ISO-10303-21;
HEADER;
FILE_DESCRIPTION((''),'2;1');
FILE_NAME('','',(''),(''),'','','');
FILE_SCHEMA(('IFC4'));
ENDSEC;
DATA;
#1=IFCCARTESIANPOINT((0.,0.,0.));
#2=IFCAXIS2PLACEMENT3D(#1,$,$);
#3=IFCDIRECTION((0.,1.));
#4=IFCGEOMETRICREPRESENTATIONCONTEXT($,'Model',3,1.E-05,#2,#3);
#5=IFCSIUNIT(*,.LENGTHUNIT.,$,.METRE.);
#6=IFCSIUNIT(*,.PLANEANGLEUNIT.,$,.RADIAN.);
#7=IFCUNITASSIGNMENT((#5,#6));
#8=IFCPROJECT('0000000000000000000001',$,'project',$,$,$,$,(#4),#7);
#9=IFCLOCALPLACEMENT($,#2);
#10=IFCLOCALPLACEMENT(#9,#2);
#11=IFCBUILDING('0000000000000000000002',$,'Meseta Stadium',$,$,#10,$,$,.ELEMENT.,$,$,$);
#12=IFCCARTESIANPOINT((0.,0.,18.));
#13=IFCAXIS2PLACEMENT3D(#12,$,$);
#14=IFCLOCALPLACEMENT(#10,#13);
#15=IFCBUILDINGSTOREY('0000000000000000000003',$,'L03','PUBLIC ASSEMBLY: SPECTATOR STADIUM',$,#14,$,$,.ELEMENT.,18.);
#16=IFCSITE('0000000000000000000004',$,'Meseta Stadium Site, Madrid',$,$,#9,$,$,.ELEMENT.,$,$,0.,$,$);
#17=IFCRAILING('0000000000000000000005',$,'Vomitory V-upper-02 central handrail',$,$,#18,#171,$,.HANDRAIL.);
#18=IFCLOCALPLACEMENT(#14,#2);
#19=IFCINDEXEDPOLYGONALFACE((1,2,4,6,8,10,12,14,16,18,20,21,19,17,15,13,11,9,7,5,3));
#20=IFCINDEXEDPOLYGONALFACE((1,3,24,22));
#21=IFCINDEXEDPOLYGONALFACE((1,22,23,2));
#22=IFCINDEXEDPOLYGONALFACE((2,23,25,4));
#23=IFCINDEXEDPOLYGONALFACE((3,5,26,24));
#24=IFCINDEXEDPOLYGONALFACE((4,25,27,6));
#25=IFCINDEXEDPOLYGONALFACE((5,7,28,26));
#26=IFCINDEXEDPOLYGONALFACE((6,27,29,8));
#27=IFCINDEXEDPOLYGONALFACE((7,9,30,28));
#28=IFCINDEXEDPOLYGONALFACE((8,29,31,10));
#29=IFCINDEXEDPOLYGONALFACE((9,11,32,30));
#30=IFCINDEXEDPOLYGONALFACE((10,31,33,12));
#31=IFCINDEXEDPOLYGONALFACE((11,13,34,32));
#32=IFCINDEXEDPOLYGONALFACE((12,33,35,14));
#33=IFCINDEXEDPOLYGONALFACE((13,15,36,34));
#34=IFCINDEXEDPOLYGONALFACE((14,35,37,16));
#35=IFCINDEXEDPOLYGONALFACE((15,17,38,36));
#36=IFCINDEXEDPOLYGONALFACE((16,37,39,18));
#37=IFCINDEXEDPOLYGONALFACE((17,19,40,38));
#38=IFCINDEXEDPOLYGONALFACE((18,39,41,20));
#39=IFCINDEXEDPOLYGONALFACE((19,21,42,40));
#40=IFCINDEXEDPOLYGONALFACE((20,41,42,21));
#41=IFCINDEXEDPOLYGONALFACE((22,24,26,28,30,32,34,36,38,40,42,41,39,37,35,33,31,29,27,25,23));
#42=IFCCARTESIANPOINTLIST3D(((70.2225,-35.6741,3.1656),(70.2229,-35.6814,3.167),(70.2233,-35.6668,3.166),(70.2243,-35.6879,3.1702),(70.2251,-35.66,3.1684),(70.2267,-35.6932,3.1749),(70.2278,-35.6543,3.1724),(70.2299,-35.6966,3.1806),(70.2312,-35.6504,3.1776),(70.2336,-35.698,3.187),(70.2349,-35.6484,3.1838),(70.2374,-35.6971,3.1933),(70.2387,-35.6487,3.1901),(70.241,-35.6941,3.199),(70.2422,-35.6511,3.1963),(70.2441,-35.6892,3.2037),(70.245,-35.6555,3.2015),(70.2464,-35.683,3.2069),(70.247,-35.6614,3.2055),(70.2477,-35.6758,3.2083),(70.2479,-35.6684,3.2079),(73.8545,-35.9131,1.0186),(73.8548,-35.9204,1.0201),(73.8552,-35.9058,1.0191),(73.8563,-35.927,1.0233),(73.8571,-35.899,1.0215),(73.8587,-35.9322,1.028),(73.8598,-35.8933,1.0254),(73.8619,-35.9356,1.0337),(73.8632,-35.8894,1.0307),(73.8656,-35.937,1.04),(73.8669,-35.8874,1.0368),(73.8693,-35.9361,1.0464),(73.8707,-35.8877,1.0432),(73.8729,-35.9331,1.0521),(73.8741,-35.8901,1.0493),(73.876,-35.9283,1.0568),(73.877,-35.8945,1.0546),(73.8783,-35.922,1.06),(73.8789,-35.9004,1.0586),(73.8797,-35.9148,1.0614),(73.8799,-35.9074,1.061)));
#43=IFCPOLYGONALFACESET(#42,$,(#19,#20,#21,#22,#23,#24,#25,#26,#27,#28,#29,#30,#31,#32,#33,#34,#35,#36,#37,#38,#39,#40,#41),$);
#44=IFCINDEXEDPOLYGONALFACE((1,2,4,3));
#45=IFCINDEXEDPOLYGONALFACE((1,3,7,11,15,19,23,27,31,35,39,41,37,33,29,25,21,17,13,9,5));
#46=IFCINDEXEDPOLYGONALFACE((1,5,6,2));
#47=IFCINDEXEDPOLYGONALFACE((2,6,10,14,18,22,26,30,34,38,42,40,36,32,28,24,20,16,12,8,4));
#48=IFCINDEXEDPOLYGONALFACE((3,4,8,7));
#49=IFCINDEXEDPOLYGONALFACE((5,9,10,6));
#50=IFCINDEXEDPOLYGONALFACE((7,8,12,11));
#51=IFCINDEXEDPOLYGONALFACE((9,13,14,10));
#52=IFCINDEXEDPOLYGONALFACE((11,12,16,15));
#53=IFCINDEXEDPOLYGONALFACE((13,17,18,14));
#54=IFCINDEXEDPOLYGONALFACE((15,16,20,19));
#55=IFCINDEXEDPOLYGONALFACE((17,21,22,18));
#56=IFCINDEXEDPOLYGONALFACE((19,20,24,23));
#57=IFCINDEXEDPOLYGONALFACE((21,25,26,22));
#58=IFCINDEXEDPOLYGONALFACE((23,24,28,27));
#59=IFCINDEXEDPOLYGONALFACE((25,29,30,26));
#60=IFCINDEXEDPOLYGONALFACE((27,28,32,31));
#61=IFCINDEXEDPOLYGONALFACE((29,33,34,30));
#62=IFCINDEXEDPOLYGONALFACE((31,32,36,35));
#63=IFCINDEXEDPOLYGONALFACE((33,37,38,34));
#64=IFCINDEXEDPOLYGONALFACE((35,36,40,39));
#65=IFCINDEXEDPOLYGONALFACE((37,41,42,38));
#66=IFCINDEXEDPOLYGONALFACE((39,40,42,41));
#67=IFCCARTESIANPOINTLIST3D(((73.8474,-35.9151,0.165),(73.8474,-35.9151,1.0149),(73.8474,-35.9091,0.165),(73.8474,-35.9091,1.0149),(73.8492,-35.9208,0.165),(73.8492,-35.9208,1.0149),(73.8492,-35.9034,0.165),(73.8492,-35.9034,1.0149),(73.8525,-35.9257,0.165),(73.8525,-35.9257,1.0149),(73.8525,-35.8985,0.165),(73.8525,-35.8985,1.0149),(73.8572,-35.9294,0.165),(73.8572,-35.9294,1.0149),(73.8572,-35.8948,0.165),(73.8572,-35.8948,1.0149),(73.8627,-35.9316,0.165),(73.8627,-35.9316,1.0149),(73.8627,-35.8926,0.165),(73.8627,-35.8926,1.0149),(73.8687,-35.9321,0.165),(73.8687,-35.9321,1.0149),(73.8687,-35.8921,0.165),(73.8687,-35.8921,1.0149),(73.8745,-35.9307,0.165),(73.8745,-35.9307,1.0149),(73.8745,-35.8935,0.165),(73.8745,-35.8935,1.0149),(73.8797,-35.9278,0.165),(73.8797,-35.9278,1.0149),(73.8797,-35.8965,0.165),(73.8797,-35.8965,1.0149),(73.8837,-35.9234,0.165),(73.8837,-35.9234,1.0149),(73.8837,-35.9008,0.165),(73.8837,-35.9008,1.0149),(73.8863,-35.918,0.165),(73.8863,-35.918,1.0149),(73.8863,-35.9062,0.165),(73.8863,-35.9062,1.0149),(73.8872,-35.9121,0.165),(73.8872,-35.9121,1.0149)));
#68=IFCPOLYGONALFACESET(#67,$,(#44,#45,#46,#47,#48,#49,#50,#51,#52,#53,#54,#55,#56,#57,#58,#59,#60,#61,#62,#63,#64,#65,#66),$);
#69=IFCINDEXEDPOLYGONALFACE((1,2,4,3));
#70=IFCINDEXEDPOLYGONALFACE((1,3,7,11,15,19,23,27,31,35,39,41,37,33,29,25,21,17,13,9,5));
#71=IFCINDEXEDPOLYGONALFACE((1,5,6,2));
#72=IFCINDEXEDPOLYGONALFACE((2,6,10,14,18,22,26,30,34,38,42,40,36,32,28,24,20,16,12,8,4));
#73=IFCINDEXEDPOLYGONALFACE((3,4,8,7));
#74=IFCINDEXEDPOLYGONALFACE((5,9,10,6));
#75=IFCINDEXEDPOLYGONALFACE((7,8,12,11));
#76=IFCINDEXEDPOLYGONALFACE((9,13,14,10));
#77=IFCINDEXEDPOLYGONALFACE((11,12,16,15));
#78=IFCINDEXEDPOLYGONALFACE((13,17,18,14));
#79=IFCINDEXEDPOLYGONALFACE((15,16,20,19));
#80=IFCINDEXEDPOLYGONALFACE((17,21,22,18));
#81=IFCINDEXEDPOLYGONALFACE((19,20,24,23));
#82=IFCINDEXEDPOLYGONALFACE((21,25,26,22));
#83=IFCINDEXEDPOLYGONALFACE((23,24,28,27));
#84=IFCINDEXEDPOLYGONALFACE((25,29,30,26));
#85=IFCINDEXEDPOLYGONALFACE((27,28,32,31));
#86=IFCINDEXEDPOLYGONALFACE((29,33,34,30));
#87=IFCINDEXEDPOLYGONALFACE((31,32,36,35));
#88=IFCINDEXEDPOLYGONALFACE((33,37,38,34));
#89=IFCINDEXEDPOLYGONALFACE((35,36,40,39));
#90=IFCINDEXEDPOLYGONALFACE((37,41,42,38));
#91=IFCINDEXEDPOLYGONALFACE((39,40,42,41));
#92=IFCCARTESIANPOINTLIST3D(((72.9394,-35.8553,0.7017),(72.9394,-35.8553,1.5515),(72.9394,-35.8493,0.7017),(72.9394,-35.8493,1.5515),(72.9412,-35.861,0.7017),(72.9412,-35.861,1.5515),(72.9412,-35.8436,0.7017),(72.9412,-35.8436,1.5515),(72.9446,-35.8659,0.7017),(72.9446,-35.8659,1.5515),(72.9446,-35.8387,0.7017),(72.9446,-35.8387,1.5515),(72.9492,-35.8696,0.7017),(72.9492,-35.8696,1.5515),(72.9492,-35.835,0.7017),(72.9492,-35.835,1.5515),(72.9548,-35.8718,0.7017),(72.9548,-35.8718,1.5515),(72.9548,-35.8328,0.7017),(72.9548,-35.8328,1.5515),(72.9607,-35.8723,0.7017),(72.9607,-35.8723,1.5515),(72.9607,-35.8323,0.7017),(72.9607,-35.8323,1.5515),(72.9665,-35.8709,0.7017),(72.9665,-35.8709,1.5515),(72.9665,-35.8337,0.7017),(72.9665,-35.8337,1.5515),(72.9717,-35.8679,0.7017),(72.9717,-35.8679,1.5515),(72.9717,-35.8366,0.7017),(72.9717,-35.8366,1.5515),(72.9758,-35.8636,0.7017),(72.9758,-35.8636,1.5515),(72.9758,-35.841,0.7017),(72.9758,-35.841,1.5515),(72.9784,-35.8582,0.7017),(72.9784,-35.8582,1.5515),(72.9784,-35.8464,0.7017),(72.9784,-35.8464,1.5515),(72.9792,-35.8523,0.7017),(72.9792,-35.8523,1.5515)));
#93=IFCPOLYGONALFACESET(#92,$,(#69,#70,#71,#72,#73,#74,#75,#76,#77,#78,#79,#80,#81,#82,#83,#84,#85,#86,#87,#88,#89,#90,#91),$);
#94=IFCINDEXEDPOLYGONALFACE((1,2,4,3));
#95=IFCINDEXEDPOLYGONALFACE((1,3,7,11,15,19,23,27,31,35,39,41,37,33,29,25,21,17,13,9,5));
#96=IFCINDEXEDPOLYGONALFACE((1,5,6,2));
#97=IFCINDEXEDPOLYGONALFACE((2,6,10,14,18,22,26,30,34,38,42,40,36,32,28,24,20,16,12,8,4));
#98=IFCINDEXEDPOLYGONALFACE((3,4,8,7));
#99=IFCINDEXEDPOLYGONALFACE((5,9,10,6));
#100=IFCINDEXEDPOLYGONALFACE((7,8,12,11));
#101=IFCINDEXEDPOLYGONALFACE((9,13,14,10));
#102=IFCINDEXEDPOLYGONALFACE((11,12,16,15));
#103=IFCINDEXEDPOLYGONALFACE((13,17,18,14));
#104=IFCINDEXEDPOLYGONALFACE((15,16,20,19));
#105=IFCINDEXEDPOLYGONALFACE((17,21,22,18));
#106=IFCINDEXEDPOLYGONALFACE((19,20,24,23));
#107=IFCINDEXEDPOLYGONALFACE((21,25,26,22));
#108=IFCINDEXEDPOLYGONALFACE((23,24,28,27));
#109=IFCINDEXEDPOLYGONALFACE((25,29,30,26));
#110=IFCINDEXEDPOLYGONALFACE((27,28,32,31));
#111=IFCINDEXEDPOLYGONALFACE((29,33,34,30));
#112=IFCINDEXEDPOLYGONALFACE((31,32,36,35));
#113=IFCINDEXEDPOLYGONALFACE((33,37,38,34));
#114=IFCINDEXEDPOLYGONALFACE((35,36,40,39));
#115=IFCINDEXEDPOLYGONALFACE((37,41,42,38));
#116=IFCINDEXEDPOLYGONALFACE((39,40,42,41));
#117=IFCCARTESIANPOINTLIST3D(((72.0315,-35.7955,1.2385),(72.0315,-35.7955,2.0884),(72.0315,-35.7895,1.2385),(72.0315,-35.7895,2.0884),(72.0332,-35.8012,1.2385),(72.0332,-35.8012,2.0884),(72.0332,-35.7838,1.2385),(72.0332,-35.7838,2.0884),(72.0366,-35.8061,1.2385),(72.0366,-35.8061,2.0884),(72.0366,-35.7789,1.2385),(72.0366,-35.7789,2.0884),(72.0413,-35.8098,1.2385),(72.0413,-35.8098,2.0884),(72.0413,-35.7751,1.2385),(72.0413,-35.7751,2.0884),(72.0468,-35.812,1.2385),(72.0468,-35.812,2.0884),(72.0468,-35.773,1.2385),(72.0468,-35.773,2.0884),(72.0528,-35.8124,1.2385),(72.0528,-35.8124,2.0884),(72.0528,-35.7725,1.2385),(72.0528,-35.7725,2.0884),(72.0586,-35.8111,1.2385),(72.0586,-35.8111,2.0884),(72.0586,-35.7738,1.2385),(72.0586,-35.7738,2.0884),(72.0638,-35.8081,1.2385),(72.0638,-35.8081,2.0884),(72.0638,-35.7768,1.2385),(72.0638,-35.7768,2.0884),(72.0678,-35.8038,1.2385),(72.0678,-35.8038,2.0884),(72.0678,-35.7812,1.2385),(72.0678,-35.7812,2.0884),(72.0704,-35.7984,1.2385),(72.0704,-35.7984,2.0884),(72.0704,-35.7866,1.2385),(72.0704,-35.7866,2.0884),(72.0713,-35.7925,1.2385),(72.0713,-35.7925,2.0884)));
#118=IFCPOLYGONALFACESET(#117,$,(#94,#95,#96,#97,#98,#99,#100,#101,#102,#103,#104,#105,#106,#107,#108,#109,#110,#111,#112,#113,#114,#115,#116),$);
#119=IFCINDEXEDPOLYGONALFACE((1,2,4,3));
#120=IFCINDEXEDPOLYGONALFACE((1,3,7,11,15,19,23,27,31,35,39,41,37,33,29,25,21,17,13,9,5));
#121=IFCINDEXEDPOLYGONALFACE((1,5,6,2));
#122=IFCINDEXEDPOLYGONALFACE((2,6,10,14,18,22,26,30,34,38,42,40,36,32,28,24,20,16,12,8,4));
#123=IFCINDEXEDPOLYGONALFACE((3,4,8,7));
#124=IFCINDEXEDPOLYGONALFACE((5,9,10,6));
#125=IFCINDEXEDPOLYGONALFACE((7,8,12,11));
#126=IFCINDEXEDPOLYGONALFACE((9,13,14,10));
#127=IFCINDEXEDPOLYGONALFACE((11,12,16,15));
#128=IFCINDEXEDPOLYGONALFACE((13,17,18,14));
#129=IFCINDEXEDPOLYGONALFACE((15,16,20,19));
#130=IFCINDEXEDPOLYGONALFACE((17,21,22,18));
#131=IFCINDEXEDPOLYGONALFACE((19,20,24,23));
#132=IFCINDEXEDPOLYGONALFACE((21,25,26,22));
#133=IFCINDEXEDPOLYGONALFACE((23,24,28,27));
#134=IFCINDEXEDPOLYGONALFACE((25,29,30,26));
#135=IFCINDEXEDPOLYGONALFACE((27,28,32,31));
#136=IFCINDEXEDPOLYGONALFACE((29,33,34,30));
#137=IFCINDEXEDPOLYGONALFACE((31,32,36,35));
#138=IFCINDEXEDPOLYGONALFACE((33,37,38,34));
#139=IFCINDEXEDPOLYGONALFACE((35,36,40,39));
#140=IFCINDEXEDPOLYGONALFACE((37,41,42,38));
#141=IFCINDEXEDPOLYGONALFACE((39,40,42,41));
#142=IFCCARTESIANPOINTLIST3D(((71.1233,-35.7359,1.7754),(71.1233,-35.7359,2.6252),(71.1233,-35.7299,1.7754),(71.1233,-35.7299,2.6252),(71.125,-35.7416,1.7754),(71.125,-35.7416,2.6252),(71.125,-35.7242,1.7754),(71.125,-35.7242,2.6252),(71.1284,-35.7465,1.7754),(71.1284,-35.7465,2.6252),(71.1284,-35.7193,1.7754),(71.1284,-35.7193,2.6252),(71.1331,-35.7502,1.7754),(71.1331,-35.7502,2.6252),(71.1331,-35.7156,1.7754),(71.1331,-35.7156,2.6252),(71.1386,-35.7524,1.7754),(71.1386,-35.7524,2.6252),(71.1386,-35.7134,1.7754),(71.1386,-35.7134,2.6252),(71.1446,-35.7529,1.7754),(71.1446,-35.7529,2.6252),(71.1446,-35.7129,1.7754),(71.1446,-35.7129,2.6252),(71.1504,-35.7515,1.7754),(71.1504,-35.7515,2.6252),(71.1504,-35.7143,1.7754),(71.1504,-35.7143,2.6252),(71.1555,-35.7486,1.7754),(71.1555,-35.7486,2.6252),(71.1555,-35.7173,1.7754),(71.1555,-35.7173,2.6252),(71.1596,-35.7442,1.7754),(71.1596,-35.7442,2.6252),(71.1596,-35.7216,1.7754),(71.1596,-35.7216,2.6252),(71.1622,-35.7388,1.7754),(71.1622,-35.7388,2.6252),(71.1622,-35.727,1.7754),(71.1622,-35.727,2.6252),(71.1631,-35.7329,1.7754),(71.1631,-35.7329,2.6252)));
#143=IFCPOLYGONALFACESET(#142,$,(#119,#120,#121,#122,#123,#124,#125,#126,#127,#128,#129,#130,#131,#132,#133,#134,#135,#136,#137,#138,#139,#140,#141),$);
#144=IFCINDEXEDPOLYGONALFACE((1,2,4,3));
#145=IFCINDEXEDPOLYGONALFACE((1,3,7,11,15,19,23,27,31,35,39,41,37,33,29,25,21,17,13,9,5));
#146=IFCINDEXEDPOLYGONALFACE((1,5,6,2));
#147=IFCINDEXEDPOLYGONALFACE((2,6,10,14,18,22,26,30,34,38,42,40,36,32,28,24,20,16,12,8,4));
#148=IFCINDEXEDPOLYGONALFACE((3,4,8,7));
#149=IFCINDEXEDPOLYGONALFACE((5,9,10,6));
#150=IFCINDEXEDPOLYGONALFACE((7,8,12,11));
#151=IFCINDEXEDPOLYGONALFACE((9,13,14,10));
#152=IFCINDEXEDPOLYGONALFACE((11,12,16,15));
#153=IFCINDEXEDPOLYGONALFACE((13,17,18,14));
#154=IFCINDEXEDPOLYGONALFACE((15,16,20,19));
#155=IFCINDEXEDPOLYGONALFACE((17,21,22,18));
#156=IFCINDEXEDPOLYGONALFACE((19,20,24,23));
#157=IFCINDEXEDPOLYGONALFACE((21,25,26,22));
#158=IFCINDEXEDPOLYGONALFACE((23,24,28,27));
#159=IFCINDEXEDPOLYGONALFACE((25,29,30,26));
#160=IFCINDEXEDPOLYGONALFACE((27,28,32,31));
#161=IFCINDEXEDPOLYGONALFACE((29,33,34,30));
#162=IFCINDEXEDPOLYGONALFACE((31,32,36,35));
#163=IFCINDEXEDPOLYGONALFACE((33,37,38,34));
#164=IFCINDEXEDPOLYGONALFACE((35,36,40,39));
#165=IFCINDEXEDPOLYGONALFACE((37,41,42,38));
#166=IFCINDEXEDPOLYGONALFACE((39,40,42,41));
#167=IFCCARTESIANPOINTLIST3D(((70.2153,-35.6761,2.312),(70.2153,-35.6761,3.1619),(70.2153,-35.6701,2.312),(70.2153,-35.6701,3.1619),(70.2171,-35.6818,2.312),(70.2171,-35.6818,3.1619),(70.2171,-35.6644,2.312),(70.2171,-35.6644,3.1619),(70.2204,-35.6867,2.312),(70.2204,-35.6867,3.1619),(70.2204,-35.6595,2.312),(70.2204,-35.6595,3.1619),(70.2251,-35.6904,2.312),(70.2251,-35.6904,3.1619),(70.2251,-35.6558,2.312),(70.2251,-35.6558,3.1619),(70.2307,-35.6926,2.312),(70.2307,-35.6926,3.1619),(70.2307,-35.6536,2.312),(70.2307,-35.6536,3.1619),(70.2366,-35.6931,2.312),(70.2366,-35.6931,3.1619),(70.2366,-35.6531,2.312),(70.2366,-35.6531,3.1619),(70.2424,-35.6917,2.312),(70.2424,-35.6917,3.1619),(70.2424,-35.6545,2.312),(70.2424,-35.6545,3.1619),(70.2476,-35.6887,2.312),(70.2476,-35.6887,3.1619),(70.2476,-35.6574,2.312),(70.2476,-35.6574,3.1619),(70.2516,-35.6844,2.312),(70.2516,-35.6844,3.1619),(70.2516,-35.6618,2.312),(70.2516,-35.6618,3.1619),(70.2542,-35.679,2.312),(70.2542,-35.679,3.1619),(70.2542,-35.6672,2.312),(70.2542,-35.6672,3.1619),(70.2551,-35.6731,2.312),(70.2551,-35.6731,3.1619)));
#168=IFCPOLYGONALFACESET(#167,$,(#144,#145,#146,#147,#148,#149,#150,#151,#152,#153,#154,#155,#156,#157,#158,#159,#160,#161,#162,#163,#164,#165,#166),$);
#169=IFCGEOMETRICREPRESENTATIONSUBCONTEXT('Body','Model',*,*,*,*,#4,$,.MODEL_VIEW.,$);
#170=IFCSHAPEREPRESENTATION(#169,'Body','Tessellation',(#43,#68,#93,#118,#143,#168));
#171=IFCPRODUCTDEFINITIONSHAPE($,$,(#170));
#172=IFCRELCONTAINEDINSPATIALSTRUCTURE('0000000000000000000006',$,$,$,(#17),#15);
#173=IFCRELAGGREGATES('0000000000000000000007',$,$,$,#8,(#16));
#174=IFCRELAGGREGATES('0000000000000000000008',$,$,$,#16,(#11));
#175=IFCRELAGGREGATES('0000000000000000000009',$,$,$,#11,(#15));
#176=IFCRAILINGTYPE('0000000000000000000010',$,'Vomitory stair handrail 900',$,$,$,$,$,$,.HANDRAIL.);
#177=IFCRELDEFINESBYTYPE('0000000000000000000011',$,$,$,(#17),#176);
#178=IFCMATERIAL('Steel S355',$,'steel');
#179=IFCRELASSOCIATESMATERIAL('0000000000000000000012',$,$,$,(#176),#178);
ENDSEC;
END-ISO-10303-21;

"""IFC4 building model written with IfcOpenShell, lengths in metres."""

from ifc_helpers import new_model, si_unit, direction, frame, origin, origin_2d, place, context, subcontext, project, spatial, circle, extrude, material, type_object, element, save


model = new_model("IFC4")

# Units and contexts
model_context = context("Model", 3, precision=1e-05, world=origin(), true_north=direction((0.0, 1.0)))
body_context = subcontext(model_context, "Body", "Model", "MODEL_VIEW")
ifc_project = project(units=[si_unit("LENGTHUNIT", "METRE"), si_unit("PLANEANGLEUNIT", "RADIAN")], contexts=[model_context])

# Site, building, storey
site_placement = place(None, origin())
site = spatial("IfcSite", under=ifc_project, at=site_placement, Name="Meseta Stadium Site, Madrid", CompositionType="ELEMENT", RefElevation=0.0)
building_placement = place(site_placement, origin())
building = spatial("IfcBuilding", under=site, at=building_placement, Name="Meseta Stadium", CompositionType="ELEMENT")
storey_placement = place(building_placement, frame((0.0, 0.0, 18.0)))
storey = spatial("IfcBuildingStorey", under=building, at=storey_placement, Name="L03", Description="PUBLIC ASSEMBLY: SPECTATOR STADIUM", CompositionType="ELEMENT", Elevation=18.0)

# Railing
ifc_material_1 = material(Name="Steel S355", Category="steel")
railing_type_1 = type_object("IfcRailingType", Name="Vomitory stair handrail 900", PredefinedType="HANDRAIL", material=ifc_material_1)
railing_1_placement = place(storey_placement, frame((73.8672, -35.9121, 0.165)))
element("IfcRailing", 1, at=railing_1_placement, inside=storey, type_object=railing_type_1, Name="Vomitory V-upper-02 central handrail", PredefinedType="HANDRAIL", context=body_context, shape_type="SweptSolid", body=[
    extrude(circle(Radius=0.0249, at=origin_2d()), frame((0.0, 0.0, 0.875), z_axis=(-0.859471, 0.056559, 0.508045), x_axis=(-0.065664, -0.997842, 0.0)), (0.0, 0.0, 1.0), 4.2258),
    extrude(circle(Radius=0.02, at=origin_2d()), origin(), (0.0, 0.0, 1.0), 0.8499),
    extrude(circle(Radius=0.02, at=origin_2d()), frame((-0.908, 0.0598, 0.5366)), (0.0, 0.0, 1.0), 0.8499),
    extrude(circle(Radius=0.02, at=origin_2d()), frame((-1.8159, 0.1196, 1.0735)), (0.0, 0.0, 1.0), 0.8499),
    extrude(circle(Radius=0.02, at=origin_2d()), frame((-2.7241, 0.1792, 1.6104)), (0.0, 0.0, 1.0), 0.8499),
    extrude(circle(Radius=0.02, at=origin_2d()), frame((-3.6321, 0.239, 2.147)), (0.0, 0.0, 1.0), 0.8499),
])

save(model, "model.ifc")
